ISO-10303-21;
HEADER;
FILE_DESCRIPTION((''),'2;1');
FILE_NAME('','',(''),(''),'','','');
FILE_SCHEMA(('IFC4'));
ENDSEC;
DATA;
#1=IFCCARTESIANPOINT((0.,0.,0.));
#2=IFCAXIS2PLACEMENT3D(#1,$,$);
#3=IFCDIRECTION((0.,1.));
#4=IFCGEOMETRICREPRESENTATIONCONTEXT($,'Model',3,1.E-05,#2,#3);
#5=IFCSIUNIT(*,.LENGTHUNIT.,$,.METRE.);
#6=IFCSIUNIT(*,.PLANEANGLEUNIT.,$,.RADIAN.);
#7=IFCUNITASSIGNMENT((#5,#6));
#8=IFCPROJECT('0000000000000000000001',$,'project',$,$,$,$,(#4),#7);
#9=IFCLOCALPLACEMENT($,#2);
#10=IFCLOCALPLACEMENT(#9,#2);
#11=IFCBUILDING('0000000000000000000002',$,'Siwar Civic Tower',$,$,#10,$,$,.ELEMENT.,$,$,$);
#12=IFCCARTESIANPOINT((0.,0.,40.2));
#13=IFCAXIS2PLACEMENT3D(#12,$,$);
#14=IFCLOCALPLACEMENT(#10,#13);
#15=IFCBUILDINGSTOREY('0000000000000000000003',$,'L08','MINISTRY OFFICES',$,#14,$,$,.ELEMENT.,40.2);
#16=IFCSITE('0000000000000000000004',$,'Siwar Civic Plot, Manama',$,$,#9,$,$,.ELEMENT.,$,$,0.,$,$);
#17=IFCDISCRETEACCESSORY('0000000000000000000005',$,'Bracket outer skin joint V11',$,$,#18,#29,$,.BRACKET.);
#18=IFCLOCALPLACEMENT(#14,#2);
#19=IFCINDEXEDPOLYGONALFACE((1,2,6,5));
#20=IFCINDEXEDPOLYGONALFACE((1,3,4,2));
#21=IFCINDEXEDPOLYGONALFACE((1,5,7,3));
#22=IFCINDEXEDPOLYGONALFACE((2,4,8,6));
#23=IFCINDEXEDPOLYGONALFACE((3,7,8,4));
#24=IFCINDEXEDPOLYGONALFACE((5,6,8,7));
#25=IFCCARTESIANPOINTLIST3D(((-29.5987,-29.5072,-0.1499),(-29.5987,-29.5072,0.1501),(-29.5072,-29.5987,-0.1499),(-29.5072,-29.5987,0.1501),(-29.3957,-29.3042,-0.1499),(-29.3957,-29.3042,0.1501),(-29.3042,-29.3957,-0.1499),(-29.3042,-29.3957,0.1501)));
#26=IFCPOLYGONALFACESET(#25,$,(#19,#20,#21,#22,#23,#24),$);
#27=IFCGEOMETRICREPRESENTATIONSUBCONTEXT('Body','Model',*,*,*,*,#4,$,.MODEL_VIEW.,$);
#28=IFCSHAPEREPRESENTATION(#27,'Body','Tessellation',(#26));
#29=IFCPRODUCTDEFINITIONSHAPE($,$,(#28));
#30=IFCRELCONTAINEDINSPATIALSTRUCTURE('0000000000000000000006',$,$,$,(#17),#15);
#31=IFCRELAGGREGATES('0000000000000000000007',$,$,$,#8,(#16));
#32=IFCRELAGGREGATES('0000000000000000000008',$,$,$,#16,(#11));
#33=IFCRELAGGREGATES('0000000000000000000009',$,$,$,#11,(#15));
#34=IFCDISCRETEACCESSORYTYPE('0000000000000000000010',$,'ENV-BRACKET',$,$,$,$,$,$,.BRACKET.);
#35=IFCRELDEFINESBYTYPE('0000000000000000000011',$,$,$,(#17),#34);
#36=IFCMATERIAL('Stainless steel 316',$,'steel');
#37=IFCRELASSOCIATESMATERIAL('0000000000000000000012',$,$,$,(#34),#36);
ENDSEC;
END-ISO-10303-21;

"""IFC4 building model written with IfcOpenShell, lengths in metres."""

from ifc_helpers import new_model, si_unit, direction, frame, origin, origin_2d, place, context, subcontext, project, spatial, rectangle, extrude, material, type_object, element, save


model = new_model("IFC4")

# Units and contexts
model_context = context("Model", 3, precision=1e-05, world=origin(), true_north=direction((0.0, 1.0)))
body_context = subcontext(model_context, "Body", "Model", "MODEL_VIEW")
ifc_project = project(units=[si_unit("LENGTHUNIT", "METRE"), si_unit("PLANEANGLEUNIT", "RADIAN")], contexts=[model_context])

# Site, building, storey
site_placement = place(None, origin())
site = spatial("IfcSite", under=ifc_project, at=site_placement, Name="Siwar Civic Plot, Manama", CompositionType="ELEMENT", RefElevation=0.0)
building_placement = place(site_placement, origin())
building = spatial("IfcBuilding", under=site, at=building_placement, Name="Siwar Civic Tower", CompositionType="ELEMENT")
storey_placement = place(building_placement, frame((0.0, 0.0, 40.2)))
storey = spatial("IfcBuildingStorey", under=building, at=storey_placement, Name="L08", Description="MINISTRY OFFICES", CompositionType="ELEMENT", Elevation=40.2)

# Discrete accessory
ifc_material_1 = material(Name="Stainless steel 316", Category="steel")
discrete_accessory_type = type_object("IfcDiscreteAccessoryType", Name="ENV-BRACKET", PredefinedType="BRACKET", material=ifc_material_1)
discrete_accessory_placement = place(storey_placement, frame((-29.4514, -29.4514, -0.1499), z_axis=(0.0, 0.0, 1.0), x_axis=(-0.707107, -0.707107, 0.0)))
element("IfcDiscreteAccessory", 1, at=discrete_accessory_placement, inside=storey, type_object=discrete_accessory_type, Name="Bracket outer skin joint V11", PredefinedType="BRACKET", context=body_context, shape_type="SweptSolid", body=[
    extrude(rectangle(XDim=0.2871, YDim=0.1294, at=origin_2d()), origin(), (0.0, 0.0, 1.0), 0.3),
])

save(model, "model.ifc")
